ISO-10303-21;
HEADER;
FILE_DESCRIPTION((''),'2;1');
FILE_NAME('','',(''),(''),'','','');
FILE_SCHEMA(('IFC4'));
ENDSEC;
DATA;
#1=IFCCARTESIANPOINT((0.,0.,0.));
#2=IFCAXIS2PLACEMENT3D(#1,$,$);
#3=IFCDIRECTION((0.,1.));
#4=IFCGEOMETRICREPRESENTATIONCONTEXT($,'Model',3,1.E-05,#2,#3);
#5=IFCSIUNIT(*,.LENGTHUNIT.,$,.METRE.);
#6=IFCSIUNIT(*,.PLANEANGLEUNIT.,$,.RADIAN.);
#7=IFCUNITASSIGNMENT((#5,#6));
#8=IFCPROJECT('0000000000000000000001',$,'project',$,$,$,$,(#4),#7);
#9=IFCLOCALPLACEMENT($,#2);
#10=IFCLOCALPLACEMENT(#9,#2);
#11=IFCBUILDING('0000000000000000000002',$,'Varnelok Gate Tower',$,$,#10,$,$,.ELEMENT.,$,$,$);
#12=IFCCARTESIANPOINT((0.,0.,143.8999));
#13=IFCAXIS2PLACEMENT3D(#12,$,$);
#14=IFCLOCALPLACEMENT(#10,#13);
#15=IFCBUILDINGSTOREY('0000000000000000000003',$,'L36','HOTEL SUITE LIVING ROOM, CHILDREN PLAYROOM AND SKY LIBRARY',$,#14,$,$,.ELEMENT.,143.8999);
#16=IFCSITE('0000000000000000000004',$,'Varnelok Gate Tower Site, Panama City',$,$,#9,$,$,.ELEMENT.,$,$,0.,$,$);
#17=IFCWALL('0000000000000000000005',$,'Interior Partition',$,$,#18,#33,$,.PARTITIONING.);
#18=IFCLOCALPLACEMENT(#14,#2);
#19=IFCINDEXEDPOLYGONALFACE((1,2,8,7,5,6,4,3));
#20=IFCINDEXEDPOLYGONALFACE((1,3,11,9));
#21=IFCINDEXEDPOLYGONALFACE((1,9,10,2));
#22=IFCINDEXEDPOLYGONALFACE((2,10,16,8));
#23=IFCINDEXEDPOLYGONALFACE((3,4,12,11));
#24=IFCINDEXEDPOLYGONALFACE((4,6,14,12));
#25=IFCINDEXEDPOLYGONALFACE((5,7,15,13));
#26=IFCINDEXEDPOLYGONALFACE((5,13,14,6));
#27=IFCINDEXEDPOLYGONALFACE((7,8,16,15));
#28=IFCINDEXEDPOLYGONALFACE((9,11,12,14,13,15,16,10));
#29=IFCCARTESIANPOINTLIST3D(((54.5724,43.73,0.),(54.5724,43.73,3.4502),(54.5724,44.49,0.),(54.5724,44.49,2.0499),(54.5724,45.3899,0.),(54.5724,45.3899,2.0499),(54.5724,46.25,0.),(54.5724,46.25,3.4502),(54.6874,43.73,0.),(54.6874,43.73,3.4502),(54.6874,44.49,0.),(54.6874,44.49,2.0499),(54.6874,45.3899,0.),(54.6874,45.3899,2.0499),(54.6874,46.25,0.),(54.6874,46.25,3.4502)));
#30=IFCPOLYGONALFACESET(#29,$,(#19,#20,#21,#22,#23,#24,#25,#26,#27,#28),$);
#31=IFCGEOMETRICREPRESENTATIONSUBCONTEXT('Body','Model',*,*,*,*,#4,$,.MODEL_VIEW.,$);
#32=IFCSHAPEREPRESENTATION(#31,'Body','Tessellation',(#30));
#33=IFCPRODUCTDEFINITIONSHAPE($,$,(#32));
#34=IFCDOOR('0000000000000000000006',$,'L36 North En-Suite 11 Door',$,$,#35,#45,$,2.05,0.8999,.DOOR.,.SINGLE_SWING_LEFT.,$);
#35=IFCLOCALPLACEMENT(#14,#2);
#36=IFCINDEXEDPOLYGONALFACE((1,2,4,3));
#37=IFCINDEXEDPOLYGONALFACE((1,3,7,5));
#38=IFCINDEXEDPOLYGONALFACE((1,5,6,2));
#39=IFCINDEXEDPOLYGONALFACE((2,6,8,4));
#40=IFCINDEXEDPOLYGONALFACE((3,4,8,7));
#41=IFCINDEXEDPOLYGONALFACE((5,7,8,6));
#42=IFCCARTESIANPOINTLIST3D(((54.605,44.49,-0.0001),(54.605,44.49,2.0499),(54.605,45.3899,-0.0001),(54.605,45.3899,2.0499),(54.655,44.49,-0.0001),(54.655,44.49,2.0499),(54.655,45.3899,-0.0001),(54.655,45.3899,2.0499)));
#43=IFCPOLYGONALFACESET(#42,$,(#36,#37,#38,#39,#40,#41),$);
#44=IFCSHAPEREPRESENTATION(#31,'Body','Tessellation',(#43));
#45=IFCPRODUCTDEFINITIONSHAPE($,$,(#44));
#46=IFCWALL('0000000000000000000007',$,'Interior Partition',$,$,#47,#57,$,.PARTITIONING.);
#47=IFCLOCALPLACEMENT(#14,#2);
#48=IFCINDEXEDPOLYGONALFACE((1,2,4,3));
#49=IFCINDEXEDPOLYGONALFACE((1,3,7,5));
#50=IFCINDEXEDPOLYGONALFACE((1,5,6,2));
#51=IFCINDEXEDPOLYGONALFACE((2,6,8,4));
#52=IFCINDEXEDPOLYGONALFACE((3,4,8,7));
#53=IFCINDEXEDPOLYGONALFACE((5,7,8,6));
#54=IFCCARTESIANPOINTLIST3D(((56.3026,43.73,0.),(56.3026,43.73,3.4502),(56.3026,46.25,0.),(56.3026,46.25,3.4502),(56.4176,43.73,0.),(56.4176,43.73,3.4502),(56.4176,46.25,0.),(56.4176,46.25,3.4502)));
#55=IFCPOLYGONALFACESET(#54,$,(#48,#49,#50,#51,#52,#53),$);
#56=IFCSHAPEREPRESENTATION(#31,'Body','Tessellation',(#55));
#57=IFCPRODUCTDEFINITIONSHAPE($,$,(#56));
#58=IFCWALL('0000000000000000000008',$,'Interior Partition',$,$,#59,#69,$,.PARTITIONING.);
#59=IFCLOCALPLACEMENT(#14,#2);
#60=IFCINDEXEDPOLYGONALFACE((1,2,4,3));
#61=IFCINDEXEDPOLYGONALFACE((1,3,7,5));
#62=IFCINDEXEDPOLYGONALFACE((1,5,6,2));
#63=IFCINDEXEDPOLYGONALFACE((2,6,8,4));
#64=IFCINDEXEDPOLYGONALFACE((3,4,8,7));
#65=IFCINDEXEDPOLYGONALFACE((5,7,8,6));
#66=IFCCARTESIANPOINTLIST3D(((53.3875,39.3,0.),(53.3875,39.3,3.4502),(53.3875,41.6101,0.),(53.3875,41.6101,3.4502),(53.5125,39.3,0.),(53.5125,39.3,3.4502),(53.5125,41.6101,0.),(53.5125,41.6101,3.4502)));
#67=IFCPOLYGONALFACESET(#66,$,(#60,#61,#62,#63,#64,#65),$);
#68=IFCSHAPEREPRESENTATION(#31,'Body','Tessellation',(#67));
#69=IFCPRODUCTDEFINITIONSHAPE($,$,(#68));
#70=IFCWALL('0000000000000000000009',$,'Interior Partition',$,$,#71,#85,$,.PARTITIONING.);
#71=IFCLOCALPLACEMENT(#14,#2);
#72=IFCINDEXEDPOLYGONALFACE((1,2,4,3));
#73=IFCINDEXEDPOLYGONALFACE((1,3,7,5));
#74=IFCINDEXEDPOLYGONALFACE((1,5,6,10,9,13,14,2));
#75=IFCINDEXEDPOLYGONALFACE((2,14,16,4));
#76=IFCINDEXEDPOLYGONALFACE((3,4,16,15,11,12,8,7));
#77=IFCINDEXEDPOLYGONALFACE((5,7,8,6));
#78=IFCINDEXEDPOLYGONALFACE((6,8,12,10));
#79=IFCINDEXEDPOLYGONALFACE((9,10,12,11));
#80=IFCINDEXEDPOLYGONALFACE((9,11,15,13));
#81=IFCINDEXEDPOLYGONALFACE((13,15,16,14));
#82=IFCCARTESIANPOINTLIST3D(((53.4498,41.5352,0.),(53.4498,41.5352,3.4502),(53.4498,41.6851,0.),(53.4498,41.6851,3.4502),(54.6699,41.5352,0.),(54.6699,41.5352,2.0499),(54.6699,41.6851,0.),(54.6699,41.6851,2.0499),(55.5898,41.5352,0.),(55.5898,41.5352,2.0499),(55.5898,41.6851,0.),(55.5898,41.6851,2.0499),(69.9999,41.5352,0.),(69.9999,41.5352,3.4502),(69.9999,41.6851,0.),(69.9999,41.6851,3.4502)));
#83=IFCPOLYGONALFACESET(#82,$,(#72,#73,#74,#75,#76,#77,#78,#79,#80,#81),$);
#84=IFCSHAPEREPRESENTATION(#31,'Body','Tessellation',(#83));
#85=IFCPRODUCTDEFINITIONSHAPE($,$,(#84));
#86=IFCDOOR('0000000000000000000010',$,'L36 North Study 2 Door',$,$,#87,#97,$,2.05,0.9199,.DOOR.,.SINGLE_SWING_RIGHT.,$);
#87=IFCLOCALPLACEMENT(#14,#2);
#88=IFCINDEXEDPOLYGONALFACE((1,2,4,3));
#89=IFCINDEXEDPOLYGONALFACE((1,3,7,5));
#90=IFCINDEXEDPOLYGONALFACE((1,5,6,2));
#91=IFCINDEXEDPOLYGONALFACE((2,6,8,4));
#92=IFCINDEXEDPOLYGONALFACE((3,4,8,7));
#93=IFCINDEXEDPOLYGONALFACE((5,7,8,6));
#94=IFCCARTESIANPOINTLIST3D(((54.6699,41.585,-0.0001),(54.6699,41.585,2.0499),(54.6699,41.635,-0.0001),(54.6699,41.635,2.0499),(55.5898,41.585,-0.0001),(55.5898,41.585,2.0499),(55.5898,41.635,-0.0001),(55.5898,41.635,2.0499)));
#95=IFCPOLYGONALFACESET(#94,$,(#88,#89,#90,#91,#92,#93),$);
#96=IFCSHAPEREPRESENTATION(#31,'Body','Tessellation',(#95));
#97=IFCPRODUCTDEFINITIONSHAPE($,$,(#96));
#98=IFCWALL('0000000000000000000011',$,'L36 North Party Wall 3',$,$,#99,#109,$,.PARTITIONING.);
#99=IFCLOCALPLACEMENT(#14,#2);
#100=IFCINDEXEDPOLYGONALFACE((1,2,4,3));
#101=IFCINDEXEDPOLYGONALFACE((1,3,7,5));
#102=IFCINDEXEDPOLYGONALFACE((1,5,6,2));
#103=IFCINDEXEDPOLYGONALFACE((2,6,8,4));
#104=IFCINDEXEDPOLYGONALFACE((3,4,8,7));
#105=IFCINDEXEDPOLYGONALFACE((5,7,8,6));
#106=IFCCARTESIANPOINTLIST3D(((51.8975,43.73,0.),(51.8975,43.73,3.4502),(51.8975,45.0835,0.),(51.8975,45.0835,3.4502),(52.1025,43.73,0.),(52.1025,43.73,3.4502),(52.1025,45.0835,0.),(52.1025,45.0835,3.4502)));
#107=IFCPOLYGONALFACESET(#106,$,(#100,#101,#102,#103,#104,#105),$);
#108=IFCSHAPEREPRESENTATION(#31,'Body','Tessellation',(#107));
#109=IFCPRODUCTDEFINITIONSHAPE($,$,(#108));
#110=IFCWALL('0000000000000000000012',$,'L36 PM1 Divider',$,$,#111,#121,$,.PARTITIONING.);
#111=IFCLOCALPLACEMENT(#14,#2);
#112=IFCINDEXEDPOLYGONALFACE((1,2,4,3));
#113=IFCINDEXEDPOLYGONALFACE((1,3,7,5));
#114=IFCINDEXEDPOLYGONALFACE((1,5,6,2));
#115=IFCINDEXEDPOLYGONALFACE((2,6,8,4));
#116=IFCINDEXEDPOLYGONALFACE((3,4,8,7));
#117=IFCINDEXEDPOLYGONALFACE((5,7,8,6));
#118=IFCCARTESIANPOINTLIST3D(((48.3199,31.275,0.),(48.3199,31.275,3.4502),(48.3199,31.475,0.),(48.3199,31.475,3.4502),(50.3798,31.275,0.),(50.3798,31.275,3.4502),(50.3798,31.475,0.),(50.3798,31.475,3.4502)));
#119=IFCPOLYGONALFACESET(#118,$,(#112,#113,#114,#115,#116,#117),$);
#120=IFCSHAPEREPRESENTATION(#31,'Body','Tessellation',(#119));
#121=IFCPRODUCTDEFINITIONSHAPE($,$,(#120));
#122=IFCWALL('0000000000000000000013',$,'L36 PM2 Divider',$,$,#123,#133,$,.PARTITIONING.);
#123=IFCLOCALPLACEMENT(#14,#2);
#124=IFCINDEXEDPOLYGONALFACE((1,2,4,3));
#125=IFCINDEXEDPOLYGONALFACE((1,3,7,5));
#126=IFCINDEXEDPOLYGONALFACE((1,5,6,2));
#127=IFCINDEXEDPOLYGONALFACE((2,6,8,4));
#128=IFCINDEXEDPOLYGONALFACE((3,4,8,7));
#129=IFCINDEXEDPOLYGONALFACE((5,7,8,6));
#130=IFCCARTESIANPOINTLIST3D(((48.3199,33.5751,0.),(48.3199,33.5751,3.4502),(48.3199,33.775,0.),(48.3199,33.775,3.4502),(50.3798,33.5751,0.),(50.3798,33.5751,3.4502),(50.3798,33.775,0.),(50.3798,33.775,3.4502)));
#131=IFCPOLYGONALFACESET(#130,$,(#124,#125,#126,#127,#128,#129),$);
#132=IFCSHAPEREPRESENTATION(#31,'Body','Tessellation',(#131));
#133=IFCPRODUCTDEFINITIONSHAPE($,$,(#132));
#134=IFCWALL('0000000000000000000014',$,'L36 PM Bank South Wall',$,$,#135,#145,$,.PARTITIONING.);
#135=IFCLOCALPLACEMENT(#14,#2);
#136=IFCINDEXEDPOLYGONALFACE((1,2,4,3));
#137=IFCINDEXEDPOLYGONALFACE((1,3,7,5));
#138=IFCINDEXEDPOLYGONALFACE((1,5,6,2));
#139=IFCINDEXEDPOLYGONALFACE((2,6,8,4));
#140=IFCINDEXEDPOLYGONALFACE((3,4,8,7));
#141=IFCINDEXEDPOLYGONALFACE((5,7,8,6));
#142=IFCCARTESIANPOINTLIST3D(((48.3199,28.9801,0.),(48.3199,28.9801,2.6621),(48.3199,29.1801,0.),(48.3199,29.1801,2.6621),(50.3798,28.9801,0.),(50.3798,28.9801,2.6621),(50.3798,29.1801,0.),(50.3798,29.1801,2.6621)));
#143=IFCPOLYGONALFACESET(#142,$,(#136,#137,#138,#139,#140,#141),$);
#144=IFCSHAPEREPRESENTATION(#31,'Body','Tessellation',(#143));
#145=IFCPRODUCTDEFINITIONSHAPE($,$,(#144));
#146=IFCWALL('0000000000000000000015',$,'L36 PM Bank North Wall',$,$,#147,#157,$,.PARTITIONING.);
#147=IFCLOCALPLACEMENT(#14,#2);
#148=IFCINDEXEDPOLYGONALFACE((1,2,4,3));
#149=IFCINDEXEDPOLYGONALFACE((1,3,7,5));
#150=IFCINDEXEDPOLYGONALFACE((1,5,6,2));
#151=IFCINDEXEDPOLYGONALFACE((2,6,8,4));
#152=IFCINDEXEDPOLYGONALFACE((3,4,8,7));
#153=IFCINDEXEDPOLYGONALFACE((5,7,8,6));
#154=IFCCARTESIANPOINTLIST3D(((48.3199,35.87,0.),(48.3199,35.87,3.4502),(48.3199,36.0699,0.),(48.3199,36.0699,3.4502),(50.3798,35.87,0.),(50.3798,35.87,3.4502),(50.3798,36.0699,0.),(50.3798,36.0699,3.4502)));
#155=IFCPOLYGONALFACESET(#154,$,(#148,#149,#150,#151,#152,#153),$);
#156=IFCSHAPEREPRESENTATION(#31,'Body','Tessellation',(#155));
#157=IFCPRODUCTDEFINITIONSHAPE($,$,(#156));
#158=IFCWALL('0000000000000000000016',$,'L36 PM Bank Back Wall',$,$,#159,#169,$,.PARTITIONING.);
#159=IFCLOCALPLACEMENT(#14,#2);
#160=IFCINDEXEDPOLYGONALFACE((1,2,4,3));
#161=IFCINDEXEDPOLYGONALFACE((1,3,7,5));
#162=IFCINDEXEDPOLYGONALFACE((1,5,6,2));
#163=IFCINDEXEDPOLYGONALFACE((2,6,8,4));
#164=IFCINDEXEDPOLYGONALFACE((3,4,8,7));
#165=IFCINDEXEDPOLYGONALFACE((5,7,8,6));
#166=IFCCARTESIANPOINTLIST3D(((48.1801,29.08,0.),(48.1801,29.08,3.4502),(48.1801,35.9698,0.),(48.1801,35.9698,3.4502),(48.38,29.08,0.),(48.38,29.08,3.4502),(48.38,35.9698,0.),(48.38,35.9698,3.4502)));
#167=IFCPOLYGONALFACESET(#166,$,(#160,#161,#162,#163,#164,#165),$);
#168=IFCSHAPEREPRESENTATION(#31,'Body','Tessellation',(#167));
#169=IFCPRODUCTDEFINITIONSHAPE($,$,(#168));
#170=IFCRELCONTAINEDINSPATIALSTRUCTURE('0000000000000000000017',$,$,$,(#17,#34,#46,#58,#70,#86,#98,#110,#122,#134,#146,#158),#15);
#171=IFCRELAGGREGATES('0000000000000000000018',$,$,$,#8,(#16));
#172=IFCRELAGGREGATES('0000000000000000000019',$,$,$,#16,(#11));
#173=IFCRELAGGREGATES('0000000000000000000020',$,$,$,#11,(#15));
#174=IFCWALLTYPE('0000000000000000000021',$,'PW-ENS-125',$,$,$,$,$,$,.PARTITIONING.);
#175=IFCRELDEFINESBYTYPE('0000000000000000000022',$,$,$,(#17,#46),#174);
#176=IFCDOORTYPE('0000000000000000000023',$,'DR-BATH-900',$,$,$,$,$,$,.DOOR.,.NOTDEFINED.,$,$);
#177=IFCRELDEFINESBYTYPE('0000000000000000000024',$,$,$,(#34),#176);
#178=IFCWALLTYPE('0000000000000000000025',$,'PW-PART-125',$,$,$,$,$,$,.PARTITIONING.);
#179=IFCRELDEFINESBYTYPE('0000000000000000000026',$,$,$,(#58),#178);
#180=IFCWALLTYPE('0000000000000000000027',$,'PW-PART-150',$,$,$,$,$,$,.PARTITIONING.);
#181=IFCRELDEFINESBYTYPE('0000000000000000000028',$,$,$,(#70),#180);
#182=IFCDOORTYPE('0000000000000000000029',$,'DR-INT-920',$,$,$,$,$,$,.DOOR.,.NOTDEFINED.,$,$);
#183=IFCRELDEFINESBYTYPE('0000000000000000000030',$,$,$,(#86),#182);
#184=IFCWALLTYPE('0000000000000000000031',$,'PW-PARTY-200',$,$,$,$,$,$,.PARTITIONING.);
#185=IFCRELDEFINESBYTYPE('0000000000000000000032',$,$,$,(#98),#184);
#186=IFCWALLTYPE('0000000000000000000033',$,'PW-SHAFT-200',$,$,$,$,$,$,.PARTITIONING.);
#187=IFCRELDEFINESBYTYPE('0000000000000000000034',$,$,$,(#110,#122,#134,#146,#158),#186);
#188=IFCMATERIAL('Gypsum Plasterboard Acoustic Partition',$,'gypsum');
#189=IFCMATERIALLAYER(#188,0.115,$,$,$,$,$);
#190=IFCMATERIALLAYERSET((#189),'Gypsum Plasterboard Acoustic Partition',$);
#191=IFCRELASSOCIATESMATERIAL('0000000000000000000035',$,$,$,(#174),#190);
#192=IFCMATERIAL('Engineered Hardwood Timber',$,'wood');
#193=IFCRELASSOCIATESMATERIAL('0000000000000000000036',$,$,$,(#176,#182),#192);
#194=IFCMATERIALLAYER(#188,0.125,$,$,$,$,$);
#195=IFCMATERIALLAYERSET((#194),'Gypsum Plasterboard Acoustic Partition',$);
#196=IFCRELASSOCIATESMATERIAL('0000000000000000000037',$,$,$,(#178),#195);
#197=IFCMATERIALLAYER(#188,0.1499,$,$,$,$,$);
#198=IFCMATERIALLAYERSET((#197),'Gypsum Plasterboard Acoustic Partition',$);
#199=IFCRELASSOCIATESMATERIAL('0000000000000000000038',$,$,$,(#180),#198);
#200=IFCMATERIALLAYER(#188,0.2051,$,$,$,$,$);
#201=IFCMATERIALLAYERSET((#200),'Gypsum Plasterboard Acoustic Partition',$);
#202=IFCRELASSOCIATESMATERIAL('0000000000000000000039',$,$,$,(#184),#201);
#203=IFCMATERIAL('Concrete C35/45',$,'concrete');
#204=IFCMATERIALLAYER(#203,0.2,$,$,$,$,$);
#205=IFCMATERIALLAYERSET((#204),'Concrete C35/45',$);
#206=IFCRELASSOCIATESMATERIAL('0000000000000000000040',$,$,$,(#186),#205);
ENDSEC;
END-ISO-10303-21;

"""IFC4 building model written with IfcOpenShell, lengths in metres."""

from ifc_helpers import new_model, si_unit, direction, frame, frame_2d, origin, place, context, subcontext, project, spatial, rectangle, extrude, material, layer, layer_set, type_object, element, fill, save


model = new_model("IFC4")

# Units and contexts
model_context = context("Model", 3, precision=1e-05, world=origin(), true_north=direction((0.0, 1.0)))
body_context = subcontext(model_context, "Body", "Model", "MODEL_VIEW")
ifc_project = project(units=[si_unit("LENGTHUNIT", "METRE"), si_unit("PLANEANGLEUNIT", "RADIAN")], contexts=[model_context])

# Site, building, storey
site_placement = place(None, origin())
site = spatial("IfcSite", under=ifc_project, at=site_placement, Name="Varnelok Gate Tower Site, Panama City", CompositionType="ELEMENT", RefElevation=0.0)
building_placement = place(site_placement, origin())
building = spatial("IfcBuilding", under=site, at=building_placement, Name="Varnelok Gate Tower", CompositionType="ELEMENT")
storey_placement = place(building_placement, frame((0.0, 0.0, 143.8999)))
storey = spatial("IfcBuildingStorey", under=building, at=storey_placement, Name="L36", Description="HOTEL SUITE LIVING ROOM, CHILDREN PLAYROOM AND SKY LIBRARY", CompositionType="ELEMENT", Elevation=143.8999)

# Shared definitions
ifc_material_1 = material(Name="Gypsum Plasterboard Acoustic Partition", Category="gypsum")
ifc_material_2 = material(Name="Engineered Hardwood Timber", Category="wood")

# Shared definitions
ifc_layer_1 = layer(ifc_material_1, 0.115)
ifc_layer_set_1 = layer_set([ifc_layer_1], Name="Gypsum Plasterboard Acoustic Partition")
wall_type_1 = type_object("IfcWallType", Name="PW-ENS-125", PredefinedType="PARTITIONING", material=ifc_layer_set_1)

# Wall, opening, door
wall_1_placement = place(storey_placement, frame((54.6299, 43.73, 0.0), z_axis=(0.0, 0.0, 1.0), x_axis=(0.0, 1.0, 0.0)))
wall_1 = element("IfcWall", 1, at=wall_1_placement, inside=storey, type_object=wall_type_1, Name="Interior Partition", PredefinedType="PARTITIONING", context=body_context, shape_type="SweptSolid", body=[
    extrude(rectangle(XDim=2.52, YDim=0.115, at=frame_2d((1.26, 0.0))), origin(), (0.0, 0.0, 1.0), 3.4502),
])
opening_1_placement = place(wall_1_placement, frame((0.76, 0.0, 0.0)))
opening_1 = element("IfcOpeningElement", 2, at=opening_1_placement, cuts=wall_1, PredefinedType="OPENING", context=body_context, shape_type="SweptSolid", body=[
    extrude(rectangle(XDim=0.8999, YDim=2.05, at=frame_2d((0.45, 1.0249))), frame((0.0, 0.0674, 0.0), z_axis=(0.0, -1.0, 0.0), x_axis=(1.0, 0.0, 0.0)), (0.0, 0.0, 1.0), 0.135),
])
door_type_1 = type_object("IfcDoorType", Name="DR-BATH-900", OperationType="NOTDEFINED", PredefinedType="DOOR", material=ifc_material_2)
door_1_placement = place(opening_1_placement, origin())
door_1 = element("IfcDoor", 3, at=door_1_placement, inside=storey, type_object=door_type_1, Name="L36 North En-Suite 11 Door", OperationType="SINGLE_SWING_LEFT", OverallHeight=2.05, OverallWidth=0.8999, PredefinedType="DOOR", context=body_context, shape_type="SweptSolid", body=[
    extrude(rectangle(XDim=0.8999, YDim=2.05, at=frame_2d((0.45, 1.0249))), frame((0.0, 0.0249, 0.0), z_axis=(0.0, -1.0, 0.0), x_axis=(1.0, 0.0, 0.0)), (0.0, 0.0, 1.0), 0.05),
])
fill(opening_1, door_1)

# Walls
wall_2_placement = place(storey_placement, frame((56.3601, 43.73, 0.0), z_axis=(0.0, 0.0, 1.0), x_axis=(0.0, 1.0, 0.0)))
element("IfcWall", 4, at=wall_2_placement, inside=storey, type_object=wall_type_1, Name="Interior Partition", PredefinedType="PARTITIONING", context=body_context, shape_type="SweptSolid", body=[
    extrude(rectangle(XDim=2.52, YDim=0.115, at=frame_2d((1.26, 0.0))), origin(), (0.0, 0.0, 1.0), 3.4502),
])
ifc_layer_2 = layer(ifc_material_1, 0.125)
ifc_layer_set_2 = layer_set([ifc_layer_2], Name="Gypsum Plasterboard Acoustic Partition")
wall_type_2 = type_object("IfcWallType", Name="PW-PART-125", PredefinedType="PARTITIONING", material=ifc_layer_set_2)
wall_3_placement = place(storey_placement, frame((53.45, 39.3, 0.0), z_axis=(0.0, 0.0, 1.0), x_axis=(0.0, 1.0, 0.0)))
element("IfcWall", 5, at=wall_3_placement, inside=storey, type_object=wall_type_2, Name="Interior Partition", PredefinedType="PARTITIONING", context=body_context, shape_type="SweptSolid", body=[
    extrude(rectangle(XDim=2.3101, YDim=0.125, at=frame_2d((1.155, 0.0))), origin(), (0.0, 0.0, 1.0), 3.4502),
])

# Wall, opening, door
ifc_layer_3 = layer(ifc_material_1, 0.1499)
ifc_layer_set_3 = layer_set([ifc_layer_3], Name="Gypsum Plasterboard Acoustic Partition")
wall_type_3 = type_object("IfcWallType", Name="PW-PART-150", PredefinedType="PARTITIONING", material=ifc_layer_set_3)
wall_4_placement = place(storey_placement, frame((53.45, 41.6101, 0.0), z_axis=(0.0, 0.0, 1.0), x_axis=(1.0, 0.0, 0.0)))
wall_4 = element("IfcWall", 6, at=wall_4_placement, inside=storey, type_object=wall_type_3, Name="Interior Partition", PredefinedType="PARTITIONING", context=body_context, shape_type="SweptSolid", body=[
    extrude(rectangle(XDim=16.55, YDim=0.1499, at=frame_2d((8.2749, 0.0))), origin(), (0.0, 0.0, 1.0), 3.4502),
])
opening_2_placement = place(wall_4_placement, frame((1.22, 0.0, 0.0)))
opening_2 = element("IfcOpeningElement", 7, at=opening_2_placement, cuts=wall_4, PredefinedType="OPENING", context=body_context, shape_type="SweptSolid", body=[
    extrude(rectangle(XDim=0.9199, YDim=2.05, at=frame_2d((0.46, 1.0249))), frame((0.0, 0.085, 0.0), z_axis=(0.0, -1.0, 0.0), x_axis=(1.0, 0.0, 0.0)), (0.0, 0.0, 1.0), 0.1699),
])
door_type_2 = type_object("IfcDoorType", Name="DR-INT-920", OperationType="NOTDEFINED", PredefinedType="DOOR", material=ifc_material_2)
door_2_placement = place(opening_2_placement, origin())
door_2 = element("IfcDoor", 8, at=door_2_placement, inside=storey, type_object=door_type_2, Name="L36 North Study 2 Door", OperationType="SINGLE_SWING_RIGHT", OverallHeight=2.05, OverallWidth=0.9199, PredefinedType="DOOR", context=body_context, shape_type="SweptSolid", body=[
    extrude(rectangle(XDim=0.9199, YDim=2.05, at=frame_2d((0.46, 1.0249))), frame((0.0, 0.0249, 0.0), z_axis=(0.0, -1.0, 0.0), x_axis=(1.0, 0.0, 0.0)), (0.0, 0.0, 1.0), 0.05),
])
fill(opening_2, door_2)

# Walls
ifc_layer_4 = layer(ifc_material_1, 0.2051)
ifc_layer_set_4 = layer_set([ifc_layer_4], Name="Gypsum Plasterboard Acoustic Partition")
wall_type_4 = type_object("IfcWallType", Name="PW-PARTY-200", PredefinedType="PARTITIONING", material=ifc_layer_set_4)
wall_5_placement = place(storey_placement, frame((52.0, 43.73, 0.0), z_axis=(0.0, 0.0, 1.0), x_axis=(0.0, 1.0, 0.0)))
element("IfcWall", 9, at=wall_5_placement, inside=storey, type_object=wall_type_4, Name="L36 North Party Wall 3", PredefinedType="PARTITIONING", context=body_context, shape_type="SweptSolid", body=[
    extrude(rectangle(XDim=1.3535, YDim=0.2051, at=frame_2d((0.6768, 0.0))), origin(), (0.0, 0.0, 1.0), 3.4502),
])
ifc_material_3 = material(Name="Concrete C35/45", Category="concrete")
ifc_layer_5 = layer(ifc_material_3, 0.2)
ifc_layer_set_5 = layer_set([ifc_layer_5], Name="Concrete C35/45")
wall_type_5 = type_object("IfcWallType", Name="PW-SHAFT-200", PredefinedType="PARTITIONING", material=ifc_layer_set_5)
for number, where, z_axis, x_axis, name in (
    (10, (48.3201, 31.375, 0.0), (0.0, 0.0, 1.0), (1.0, 0.0, 0.0), "L36 PM1 Divider"),
    (11, (48.3201, 33.675, 0.0), (0.0, 0.0, 1.0), (1.0, 0.0, 0.0), "L36 PM2 Divider"),
):
    element("IfcWall", number, at=place(storey_placement, frame(where, z_axis=z_axis, x_axis=x_axis)), inside=storey, type_object=wall_type_5, Name=name, PredefinedType="PARTITIONING", context=body_context, shape_type="SweptSolid", body=[
        extrude(rectangle(XDim=2.0598, YDim=0.2, at=frame_2d((1.0298, 0.0))), origin(), (0.0, 0.0, 1.0), 3.4502),
    ])
wall_6_placement = place(storey_placement, frame((48.3201, 29.0801, 0.0), z_axis=(0.0, 0.0, 1.0), x_axis=(1.0, 0.0, 0.0)))
element("IfcWall", 12, at=wall_6_placement, inside=storey, type_object=wall_type_5, Name="L36 PM Bank South Wall", PredefinedType="PARTITIONING", context=body_context, shape_type="SweptSolid", body=[
    extrude(rectangle(XDim=2.0598, YDim=0.2, at=frame_2d((1.0298, 0.0))), origin(), (0.0, 0.0, 1.0), 2.6621),
])
wall_7_placement = place(storey_placement, frame((48.3201, 35.97, 0.0), z_axis=(0.0, 0.0, 1.0), x_axis=(1.0, 0.0, 0.0)))
element("IfcWall", 13, at=wall_7_placement, inside=storey, type_object=wall_type_5, Name="L36 PM Bank North Wall", PredefinedType="PARTITIONING", context=body_context, shape_type="SweptSolid", body=[
    extrude(rectangle(XDim=2.0598, YDim=0.2, at=frame_2d((1.0298, 0.0))), origin(), (0.0, 0.0, 1.0), 3.4502),
])
wall_8_placement = place(storey_placement, frame((48.28, 29.0801, 0.0), z_axis=(0.0, 0.0, 1.0), x_axis=(0.0, 1.0, 0.0)))
element("IfcWall", 14, at=wall_8_placement, inside=storey, type_object=wall_type_5, Name="L36 PM Bank Back Wall", PredefinedType="PARTITIONING", context=body_context, shape_type="SweptSolid", body=[
    extrude(rectangle(XDim=6.8899, YDim=0.2, at=frame_2d((3.4448, 0.0))), origin(), (0.0, 0.0, 1.0), 3.4502),
])

save(model, "model.ifc")
